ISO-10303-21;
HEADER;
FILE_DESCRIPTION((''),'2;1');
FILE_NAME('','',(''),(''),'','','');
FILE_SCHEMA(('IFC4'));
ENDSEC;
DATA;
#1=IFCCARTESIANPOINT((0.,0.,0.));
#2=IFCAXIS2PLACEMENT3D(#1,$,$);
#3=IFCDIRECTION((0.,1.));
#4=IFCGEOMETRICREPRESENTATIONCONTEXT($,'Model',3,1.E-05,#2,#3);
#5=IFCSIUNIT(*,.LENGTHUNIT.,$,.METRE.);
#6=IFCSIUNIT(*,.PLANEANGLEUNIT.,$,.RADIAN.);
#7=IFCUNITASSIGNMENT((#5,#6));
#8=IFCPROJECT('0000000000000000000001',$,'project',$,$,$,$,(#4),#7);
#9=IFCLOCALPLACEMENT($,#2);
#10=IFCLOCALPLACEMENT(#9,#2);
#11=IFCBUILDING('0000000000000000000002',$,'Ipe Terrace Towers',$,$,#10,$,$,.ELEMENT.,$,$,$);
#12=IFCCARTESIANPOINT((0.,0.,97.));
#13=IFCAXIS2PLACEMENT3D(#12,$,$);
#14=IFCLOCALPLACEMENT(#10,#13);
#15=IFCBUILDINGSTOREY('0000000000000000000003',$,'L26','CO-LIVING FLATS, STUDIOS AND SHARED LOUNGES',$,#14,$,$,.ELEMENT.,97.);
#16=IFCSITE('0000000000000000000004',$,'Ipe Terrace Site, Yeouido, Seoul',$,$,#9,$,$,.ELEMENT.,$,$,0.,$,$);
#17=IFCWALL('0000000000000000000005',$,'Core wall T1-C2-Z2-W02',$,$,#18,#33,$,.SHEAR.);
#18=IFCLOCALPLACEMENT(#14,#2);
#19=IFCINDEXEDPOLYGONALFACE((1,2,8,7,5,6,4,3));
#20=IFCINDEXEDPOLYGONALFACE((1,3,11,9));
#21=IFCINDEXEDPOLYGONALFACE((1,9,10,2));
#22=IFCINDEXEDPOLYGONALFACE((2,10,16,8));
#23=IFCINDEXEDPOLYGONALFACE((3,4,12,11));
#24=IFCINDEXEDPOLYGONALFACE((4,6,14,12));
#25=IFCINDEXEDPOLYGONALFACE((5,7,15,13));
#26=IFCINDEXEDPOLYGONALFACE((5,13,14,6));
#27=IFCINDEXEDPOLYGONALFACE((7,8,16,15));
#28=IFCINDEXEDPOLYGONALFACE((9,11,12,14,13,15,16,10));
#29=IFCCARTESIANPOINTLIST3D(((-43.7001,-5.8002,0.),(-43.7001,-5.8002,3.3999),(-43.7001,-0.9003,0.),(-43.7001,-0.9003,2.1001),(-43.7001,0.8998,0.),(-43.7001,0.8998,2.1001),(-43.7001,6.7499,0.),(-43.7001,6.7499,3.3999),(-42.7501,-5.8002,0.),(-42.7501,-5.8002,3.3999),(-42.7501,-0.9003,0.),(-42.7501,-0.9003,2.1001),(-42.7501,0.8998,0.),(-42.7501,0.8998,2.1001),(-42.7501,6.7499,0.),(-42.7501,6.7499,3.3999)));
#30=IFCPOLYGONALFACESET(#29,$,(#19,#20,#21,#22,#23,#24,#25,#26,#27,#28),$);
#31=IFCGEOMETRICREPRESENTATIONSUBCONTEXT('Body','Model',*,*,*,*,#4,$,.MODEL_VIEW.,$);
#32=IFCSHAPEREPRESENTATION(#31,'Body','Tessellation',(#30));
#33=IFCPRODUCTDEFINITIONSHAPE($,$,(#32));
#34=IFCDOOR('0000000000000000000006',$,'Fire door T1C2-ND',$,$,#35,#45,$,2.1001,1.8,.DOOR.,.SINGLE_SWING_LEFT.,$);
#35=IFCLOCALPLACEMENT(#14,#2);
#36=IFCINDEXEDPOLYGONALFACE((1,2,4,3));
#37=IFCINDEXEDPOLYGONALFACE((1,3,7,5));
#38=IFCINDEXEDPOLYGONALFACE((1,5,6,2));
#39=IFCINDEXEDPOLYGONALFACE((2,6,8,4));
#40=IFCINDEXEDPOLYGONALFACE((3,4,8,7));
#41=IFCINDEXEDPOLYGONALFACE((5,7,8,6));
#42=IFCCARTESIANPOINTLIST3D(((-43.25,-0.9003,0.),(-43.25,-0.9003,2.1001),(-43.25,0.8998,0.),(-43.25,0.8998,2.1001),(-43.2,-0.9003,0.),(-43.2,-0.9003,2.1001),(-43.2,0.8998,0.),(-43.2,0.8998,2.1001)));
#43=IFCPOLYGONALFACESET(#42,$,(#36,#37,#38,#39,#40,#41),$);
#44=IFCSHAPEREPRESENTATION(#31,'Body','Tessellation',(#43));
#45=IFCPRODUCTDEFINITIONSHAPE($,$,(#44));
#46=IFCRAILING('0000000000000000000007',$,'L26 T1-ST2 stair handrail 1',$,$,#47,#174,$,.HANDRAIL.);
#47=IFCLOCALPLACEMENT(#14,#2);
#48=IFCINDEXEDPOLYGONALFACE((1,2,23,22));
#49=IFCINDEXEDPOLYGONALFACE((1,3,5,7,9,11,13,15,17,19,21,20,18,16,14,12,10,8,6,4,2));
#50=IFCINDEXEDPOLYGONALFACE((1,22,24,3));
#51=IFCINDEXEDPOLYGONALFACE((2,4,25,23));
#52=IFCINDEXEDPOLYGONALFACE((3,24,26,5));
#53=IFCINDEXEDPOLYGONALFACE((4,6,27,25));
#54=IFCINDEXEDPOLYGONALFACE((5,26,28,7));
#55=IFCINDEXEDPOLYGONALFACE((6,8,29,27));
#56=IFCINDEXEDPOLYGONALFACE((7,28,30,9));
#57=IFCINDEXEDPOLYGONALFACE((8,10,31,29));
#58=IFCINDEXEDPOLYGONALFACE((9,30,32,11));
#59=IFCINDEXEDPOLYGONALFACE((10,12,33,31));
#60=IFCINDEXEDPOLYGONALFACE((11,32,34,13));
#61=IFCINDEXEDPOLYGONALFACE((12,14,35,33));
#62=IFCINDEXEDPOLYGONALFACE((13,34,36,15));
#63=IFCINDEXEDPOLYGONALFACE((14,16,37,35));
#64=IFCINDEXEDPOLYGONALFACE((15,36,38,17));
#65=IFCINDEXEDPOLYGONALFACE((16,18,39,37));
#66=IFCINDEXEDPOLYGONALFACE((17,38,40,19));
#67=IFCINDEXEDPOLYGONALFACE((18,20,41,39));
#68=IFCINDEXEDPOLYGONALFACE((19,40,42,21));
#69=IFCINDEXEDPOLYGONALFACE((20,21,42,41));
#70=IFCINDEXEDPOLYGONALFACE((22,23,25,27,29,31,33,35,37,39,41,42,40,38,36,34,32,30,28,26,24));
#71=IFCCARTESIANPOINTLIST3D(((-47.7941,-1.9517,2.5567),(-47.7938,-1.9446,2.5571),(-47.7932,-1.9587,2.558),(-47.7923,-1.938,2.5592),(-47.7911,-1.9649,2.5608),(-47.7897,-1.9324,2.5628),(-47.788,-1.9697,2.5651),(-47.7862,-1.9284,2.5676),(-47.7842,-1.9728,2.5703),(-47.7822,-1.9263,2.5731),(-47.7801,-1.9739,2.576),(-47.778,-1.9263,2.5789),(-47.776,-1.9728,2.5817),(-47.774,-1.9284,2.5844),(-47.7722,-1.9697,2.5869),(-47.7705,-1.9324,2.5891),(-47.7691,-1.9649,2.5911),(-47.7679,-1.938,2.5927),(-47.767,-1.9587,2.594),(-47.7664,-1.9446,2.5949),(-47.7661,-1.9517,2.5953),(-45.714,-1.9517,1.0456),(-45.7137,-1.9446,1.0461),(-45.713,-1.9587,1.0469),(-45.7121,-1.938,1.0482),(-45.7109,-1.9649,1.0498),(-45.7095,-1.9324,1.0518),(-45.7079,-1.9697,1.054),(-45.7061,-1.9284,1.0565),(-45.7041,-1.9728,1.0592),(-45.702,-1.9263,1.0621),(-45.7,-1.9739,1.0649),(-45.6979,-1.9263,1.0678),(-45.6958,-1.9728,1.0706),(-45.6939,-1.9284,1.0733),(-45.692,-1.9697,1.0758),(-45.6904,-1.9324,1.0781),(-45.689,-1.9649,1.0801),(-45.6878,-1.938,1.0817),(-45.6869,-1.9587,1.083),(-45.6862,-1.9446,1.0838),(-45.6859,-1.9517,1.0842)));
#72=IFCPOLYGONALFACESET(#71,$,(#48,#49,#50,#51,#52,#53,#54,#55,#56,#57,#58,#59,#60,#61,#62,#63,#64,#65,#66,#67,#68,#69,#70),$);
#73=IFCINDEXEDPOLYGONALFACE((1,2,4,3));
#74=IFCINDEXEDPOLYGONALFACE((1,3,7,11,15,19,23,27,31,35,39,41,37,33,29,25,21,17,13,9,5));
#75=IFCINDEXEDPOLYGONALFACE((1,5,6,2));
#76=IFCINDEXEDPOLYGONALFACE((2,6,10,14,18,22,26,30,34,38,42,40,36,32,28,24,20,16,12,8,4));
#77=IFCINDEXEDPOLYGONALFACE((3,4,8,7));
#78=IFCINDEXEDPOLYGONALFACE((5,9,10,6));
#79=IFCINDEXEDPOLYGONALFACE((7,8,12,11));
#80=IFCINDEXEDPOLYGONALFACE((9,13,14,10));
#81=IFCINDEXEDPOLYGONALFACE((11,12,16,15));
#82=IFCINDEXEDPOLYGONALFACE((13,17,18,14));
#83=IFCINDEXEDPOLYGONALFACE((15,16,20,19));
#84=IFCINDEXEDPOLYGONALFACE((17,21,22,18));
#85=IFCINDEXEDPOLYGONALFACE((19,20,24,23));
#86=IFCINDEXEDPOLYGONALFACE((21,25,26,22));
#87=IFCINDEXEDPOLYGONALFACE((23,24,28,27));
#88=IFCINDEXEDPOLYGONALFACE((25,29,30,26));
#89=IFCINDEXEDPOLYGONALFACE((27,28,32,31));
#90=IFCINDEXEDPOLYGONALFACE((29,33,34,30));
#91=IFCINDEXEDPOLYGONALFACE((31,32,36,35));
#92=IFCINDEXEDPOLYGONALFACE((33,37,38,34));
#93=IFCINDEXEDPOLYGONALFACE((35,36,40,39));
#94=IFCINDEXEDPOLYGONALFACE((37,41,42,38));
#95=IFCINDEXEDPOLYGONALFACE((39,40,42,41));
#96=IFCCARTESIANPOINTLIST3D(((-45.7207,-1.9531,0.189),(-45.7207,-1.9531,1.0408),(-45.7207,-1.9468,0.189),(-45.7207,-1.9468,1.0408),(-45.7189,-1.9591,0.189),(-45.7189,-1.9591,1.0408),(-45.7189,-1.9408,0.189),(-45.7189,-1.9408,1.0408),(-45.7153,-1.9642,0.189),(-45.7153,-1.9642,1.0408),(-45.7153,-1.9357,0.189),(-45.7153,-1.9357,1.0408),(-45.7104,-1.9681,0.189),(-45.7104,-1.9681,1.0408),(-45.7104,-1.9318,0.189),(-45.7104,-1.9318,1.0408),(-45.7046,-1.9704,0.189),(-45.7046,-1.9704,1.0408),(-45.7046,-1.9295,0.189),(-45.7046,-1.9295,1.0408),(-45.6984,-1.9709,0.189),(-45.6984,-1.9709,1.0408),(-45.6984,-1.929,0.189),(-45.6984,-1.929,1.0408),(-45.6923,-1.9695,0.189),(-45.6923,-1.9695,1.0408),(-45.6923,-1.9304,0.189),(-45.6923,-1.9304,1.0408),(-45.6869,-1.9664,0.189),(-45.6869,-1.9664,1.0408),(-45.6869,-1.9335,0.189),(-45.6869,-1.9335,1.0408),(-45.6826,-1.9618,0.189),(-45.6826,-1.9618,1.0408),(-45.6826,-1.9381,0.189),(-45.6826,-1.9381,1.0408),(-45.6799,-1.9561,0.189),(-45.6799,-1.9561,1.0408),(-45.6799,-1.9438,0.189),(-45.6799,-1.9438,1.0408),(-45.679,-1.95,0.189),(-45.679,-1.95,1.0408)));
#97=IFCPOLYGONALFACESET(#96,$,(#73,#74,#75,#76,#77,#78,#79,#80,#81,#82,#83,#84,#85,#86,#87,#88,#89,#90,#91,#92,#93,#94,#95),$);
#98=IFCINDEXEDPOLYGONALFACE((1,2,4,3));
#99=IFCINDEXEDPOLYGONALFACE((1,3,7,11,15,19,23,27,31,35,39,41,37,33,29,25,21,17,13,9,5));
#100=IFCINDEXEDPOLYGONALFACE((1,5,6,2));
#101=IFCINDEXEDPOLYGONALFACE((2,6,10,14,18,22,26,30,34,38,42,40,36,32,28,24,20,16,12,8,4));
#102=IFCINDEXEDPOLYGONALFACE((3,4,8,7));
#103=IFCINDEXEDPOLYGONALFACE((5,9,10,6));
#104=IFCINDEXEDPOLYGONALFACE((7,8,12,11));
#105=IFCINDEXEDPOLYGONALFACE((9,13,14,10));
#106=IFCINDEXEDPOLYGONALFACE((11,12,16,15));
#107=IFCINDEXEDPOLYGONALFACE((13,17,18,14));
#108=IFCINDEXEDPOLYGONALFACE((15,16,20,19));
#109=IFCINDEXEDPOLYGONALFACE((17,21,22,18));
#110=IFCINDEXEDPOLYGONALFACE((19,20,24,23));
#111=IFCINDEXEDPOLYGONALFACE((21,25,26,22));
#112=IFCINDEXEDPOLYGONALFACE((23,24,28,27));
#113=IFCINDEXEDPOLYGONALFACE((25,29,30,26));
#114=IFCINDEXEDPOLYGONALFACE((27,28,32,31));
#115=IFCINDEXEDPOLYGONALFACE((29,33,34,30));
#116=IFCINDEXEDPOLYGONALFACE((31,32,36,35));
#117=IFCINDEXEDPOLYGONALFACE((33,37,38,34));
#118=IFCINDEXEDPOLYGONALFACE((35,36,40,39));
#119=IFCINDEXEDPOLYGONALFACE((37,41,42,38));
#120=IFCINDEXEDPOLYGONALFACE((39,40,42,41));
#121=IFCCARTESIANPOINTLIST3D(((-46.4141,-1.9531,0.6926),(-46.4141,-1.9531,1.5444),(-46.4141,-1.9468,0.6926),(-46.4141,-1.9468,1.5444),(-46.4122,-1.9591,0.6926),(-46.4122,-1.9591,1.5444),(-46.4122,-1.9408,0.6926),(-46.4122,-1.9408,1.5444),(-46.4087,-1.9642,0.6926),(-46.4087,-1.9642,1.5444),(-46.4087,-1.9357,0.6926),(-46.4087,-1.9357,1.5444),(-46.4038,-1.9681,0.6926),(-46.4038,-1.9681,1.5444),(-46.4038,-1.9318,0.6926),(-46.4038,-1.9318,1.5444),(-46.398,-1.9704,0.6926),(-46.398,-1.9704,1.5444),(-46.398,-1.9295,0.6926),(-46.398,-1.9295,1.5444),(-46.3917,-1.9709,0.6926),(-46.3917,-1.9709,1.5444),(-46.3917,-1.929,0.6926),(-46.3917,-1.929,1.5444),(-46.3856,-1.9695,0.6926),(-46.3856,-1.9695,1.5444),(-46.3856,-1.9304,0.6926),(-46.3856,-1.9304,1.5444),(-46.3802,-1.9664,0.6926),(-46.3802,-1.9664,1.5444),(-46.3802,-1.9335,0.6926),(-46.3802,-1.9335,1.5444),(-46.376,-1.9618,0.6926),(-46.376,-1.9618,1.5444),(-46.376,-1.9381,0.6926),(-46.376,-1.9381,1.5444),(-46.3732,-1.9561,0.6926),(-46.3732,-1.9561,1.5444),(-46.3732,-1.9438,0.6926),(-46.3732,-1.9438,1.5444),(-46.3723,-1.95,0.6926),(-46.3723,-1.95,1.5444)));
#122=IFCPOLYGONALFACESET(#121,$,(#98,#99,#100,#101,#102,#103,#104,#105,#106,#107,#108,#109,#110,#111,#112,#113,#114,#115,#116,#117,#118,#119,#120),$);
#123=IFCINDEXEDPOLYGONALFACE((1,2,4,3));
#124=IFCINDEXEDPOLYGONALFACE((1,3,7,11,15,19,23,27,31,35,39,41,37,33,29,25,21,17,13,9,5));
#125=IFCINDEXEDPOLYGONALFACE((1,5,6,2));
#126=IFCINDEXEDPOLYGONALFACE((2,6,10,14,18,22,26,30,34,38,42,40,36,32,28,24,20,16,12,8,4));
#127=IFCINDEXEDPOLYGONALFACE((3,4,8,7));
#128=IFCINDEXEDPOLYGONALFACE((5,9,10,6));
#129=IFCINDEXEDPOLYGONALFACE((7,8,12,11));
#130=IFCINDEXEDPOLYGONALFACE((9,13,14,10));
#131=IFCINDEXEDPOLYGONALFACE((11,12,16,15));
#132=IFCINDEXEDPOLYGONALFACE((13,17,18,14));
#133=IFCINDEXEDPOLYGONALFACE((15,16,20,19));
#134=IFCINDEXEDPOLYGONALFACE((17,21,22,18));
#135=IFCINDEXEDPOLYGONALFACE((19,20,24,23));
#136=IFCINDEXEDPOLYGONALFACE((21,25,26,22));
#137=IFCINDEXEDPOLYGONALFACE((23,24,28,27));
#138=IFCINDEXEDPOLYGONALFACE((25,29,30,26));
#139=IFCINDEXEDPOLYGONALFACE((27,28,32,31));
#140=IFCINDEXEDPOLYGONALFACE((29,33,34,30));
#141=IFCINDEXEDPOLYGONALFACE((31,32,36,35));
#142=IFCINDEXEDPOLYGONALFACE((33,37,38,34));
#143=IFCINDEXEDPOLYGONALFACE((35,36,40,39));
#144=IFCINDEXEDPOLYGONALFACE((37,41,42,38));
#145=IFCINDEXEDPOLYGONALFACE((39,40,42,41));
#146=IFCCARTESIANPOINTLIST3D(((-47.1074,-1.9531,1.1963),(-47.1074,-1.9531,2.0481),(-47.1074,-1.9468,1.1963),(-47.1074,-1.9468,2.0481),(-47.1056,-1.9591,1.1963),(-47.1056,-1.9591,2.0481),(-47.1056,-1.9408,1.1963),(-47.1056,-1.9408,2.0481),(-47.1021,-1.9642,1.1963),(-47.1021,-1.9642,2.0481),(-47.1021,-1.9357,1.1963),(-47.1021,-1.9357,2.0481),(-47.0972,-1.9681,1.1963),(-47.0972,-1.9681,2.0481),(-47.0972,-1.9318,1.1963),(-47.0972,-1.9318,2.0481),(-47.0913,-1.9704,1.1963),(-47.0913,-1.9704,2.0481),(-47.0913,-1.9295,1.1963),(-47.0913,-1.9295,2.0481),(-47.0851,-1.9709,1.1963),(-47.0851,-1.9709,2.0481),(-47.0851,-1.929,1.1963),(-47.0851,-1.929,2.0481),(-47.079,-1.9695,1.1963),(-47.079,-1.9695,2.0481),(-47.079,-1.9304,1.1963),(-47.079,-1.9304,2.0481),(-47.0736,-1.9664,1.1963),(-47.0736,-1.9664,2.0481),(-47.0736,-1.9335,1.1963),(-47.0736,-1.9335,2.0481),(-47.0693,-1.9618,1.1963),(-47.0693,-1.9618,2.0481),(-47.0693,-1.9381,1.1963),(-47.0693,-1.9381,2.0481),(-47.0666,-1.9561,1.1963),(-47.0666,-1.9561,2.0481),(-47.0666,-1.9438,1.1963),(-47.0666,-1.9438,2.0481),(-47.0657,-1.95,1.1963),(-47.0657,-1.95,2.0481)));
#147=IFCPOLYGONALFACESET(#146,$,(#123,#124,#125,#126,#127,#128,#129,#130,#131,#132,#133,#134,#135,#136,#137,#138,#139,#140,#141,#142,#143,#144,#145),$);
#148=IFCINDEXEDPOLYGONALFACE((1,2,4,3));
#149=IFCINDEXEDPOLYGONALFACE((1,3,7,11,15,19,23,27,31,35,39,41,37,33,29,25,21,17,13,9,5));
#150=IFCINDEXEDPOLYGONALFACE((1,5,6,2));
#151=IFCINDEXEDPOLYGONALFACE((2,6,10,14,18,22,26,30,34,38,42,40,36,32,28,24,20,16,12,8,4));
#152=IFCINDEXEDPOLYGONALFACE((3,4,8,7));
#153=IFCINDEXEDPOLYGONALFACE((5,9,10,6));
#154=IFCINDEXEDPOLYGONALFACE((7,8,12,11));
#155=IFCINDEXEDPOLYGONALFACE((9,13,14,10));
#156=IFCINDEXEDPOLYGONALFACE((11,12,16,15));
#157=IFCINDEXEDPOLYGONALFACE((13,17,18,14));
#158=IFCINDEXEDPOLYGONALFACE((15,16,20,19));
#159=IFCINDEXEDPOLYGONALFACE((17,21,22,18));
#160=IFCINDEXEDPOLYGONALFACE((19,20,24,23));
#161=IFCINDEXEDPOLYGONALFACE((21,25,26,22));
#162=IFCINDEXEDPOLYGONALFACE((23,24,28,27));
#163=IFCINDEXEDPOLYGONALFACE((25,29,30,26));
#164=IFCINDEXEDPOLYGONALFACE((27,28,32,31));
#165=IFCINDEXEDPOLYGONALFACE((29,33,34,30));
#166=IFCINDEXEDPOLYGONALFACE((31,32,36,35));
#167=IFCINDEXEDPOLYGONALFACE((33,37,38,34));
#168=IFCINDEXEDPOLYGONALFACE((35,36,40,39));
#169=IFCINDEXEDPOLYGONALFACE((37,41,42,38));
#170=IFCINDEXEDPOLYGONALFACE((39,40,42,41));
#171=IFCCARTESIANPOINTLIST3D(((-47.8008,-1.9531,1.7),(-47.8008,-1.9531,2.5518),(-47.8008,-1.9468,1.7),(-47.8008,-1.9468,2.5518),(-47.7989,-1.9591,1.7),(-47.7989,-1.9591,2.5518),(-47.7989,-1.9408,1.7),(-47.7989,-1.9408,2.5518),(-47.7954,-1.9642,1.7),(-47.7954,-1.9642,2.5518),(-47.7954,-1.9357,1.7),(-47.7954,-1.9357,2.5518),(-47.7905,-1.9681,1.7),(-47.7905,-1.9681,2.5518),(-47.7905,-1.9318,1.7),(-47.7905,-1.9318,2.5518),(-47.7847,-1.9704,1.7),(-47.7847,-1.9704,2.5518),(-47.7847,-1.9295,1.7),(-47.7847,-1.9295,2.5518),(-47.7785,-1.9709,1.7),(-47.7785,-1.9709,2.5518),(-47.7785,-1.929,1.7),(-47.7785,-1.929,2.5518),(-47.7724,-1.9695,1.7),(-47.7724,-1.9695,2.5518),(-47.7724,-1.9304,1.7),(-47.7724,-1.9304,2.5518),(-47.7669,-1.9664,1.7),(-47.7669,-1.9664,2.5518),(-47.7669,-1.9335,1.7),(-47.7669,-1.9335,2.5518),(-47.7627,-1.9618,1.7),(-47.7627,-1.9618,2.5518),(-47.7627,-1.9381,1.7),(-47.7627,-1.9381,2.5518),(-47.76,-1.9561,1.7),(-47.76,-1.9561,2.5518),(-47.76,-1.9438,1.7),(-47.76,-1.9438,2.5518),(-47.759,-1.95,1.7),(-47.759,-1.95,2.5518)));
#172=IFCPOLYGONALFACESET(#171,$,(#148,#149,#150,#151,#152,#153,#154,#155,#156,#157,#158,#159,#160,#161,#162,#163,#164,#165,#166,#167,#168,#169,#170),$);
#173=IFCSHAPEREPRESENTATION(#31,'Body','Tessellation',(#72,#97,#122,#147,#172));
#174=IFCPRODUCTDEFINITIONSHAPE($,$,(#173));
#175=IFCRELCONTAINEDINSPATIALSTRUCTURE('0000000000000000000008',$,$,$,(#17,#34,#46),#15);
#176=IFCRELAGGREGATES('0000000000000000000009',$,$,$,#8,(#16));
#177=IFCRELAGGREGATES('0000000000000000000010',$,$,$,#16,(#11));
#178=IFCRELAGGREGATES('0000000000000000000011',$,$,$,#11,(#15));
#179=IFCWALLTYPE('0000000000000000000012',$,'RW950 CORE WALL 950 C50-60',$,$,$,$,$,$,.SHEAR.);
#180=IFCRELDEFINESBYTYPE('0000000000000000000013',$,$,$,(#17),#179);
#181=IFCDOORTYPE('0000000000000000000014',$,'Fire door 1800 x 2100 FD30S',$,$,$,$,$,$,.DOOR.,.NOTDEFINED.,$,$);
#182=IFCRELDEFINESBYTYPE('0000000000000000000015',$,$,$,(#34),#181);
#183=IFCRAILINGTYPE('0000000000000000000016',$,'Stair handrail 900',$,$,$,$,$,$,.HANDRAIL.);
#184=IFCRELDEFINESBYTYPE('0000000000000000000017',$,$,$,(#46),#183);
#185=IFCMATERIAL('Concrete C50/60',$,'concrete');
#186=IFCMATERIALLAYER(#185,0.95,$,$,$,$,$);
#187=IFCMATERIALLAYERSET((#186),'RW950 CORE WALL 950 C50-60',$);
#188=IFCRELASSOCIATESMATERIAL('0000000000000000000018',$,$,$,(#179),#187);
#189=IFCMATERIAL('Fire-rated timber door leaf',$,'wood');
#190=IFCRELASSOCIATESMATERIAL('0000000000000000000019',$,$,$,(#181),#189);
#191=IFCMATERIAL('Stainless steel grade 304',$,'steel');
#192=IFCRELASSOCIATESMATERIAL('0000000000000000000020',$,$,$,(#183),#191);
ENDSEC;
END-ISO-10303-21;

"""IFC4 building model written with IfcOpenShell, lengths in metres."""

from ifc_helpers import new_model, si_unit, direction, frame, frame_2d, origin, origin_2d, place, context, subcontext, project, spatial, rectangle, circle, extrude, material, layer, layer_set, type_object, element, fill, save


model = new_model("IFC4")

# Units and contexts
model_context = context("Model", 3, precision=1e-05, world=origin(), true_north=direction((0.0, 1.0)))
body_context = subcontext(model_context, "Body", "Model", "MODEL_VIEW")
ifc_project = project(units=[si_unit("LENGTHUNIT", "METRE"), si_unit("PLANEANGLEUNIT", "RADIAN")], contexts=[model_context])

# Site, building, storey
site_placement = place(None, origin())
site = spatial("IfcSite", under=ifc_project, at=site_placement, Name="Ipe Terrace Site, Yeouido, Seoul", CompositionType="ELEMENT", RefElevation=0.0)
building_placement = place(site_placement, origin())
building = spatial("IfcBuilding", under=site, at=building_placement, Name="Ipe Terrace Towers", CompositionType="ELEMENT")
storey_placement = place(building_placement, frame((0.0, 0.0, 97.0)))
storey = spatial("IfcBuildingStorey", under=building, at=storey_placement, Name="L26", Description="CO-LIVING FLATS, STUDIOS AND SHARED LOUNGES", CompositionType="ELEMENT", Elevation=97.0)

# Shared definitions
ifc_material_1 = material(Name="Concrete C50/60", Category="concrete")
ifc_layer_1 = layer(ifc_material_1, 0.95)
ifc_layer_set_1 = layer_set([ifc_layer_1], Name="RW950 CORE WALL 950 C50-60")
wall_type_1 = type_object("IfcWallType", Name="RW950 CORE WALL 950 C50-60", PredefinedType="SHEAR", material=ifc_layer_set_1)

# Wall, opening, door
wall_1_placement = place(storey_placement, frame((-43.2251, -5.8, 0.0), z_axis=(0.0, 0.0, 1.0), x_axis=(0.0, 1.0, 0.0)))
wall_1 = element("IfcWall", 1, at=wall_1_placement, inside=storey, type_object=wall_type_1, Name="Core wall T1-C2-Z2-W02", PredefinedType="SHEAR", context=body_context, shape_type="SweptSolid", body=[
    extrude(rectangle(XDim=12.55, YDim=0.95, at=frame_2d((6.2749, 0.0))), origin(), (0.0, 0.0, 1.0), 3.3999),
])
opening_1_placement = place(wall_1_placement, frame((4.8999, 0.0, 0.0)))
opening_1 = element("IfcOpeningElement", 2, at=opening_1_placement, cuts=wall_1, PredefinedType="OPENING", context=body_context, shape_type="SweptSolid", body=[
    extrude(rectangle(XDim=1.8, YDim=2.1001, at=frame_2d((0.8999, 1.05))), frame((0.0, 0.4849, 0.0), z_axis=(0.0, -1.0, 0.0), x_axis=(1.0, 0.0, 0.0)), (0.0, 0.0, 1.0), 0.97),
])
ifc_material_2 = material(Name="Fire-rated timber door leaf", Category="wood")
door_type_1 = type_object("IfcDoorType", Name="Fire door 1800 x 2100 FD30S", OperationType="NOTDEFINED", PredefinedType="DOOR", material=ifc_material_2)
door_1_placement = place(opening_1_placement, origin())
door_1 = element("IfcDoor", 3, at=door_1_placement, inside=storey, type_object=door_type_1, Name="Fire door T1C2-ND", OperationType="SINGLE_SWING_LEFT", OverallHeight=2.1001, OverallWidth=1.8, PredefinedType="DOOR", context=body_context, shape_type="SweptSolid", body=[
    extrude(rectangle(XDim=1.8, YDim=2.1001, at=frame_2d((0.8999, 1.05))), frame((0.0, 0.0249, 0.0), z_axis=(0.0, -1.0, 0.0), x_axis=(1.0, 0.0, 0.0)), (0.0, 0.0, 1.0), 0.05),
])
fill(opening_1, door_1)

# Railing
ifc_material_3 = material(Name="Stainless steel grade 304", Category="steel")
railing_type_1 = type_object("IfcRailingType", Name="Stair handrail 900", PredefinedType="HANDRAIL", material=ifc_material_3)
railing_1_placement = place(storey_placement, frame((-45.7, -1.95, 0.189)))
element("IfcRailing", 4, at=railing_1_placement, inside=storey, type_object=railing_type_1, Name="L26 T1-ST2 stair handrail 1", PredefinedType="HANDRAIL", context=body_context, shape_type="SweptSolid", body=[
    extrude(circle(Radius=0.0239, at=origin_2d()), frame((0.0, 0.0, 0.876), z_axis=(-0.809069, 0.0, 0.587714), x_axis=(0.0, -1.0, 0.0)), (0.0, 0.0, 1.0), 2.571),
    extrude(circle(Radius=0.021, at=origin_2d()), origin(), (0.0, 0.0, 1.0), 0.8518),
    extrude(circle(Radius=0.021, at=origin_2d()), frame((-0.6934, 0.0, 0.5037)), (0.0, 0.0, 1.0), 0.8518),
    extrude(circle(Radius=0.021, at=origin_2d()), frame((-1.3867, 0.0, 1.0073)), (0.0, 0.0, 1.0), 0.8518),
    extrude(circle(Radius=0.021, at=origin_2d()), frame((-2.0801, 0.0, 1.511)), (0.0, 0.0, 1.0), 0.8518),
])

save(model, "model.ifc")
